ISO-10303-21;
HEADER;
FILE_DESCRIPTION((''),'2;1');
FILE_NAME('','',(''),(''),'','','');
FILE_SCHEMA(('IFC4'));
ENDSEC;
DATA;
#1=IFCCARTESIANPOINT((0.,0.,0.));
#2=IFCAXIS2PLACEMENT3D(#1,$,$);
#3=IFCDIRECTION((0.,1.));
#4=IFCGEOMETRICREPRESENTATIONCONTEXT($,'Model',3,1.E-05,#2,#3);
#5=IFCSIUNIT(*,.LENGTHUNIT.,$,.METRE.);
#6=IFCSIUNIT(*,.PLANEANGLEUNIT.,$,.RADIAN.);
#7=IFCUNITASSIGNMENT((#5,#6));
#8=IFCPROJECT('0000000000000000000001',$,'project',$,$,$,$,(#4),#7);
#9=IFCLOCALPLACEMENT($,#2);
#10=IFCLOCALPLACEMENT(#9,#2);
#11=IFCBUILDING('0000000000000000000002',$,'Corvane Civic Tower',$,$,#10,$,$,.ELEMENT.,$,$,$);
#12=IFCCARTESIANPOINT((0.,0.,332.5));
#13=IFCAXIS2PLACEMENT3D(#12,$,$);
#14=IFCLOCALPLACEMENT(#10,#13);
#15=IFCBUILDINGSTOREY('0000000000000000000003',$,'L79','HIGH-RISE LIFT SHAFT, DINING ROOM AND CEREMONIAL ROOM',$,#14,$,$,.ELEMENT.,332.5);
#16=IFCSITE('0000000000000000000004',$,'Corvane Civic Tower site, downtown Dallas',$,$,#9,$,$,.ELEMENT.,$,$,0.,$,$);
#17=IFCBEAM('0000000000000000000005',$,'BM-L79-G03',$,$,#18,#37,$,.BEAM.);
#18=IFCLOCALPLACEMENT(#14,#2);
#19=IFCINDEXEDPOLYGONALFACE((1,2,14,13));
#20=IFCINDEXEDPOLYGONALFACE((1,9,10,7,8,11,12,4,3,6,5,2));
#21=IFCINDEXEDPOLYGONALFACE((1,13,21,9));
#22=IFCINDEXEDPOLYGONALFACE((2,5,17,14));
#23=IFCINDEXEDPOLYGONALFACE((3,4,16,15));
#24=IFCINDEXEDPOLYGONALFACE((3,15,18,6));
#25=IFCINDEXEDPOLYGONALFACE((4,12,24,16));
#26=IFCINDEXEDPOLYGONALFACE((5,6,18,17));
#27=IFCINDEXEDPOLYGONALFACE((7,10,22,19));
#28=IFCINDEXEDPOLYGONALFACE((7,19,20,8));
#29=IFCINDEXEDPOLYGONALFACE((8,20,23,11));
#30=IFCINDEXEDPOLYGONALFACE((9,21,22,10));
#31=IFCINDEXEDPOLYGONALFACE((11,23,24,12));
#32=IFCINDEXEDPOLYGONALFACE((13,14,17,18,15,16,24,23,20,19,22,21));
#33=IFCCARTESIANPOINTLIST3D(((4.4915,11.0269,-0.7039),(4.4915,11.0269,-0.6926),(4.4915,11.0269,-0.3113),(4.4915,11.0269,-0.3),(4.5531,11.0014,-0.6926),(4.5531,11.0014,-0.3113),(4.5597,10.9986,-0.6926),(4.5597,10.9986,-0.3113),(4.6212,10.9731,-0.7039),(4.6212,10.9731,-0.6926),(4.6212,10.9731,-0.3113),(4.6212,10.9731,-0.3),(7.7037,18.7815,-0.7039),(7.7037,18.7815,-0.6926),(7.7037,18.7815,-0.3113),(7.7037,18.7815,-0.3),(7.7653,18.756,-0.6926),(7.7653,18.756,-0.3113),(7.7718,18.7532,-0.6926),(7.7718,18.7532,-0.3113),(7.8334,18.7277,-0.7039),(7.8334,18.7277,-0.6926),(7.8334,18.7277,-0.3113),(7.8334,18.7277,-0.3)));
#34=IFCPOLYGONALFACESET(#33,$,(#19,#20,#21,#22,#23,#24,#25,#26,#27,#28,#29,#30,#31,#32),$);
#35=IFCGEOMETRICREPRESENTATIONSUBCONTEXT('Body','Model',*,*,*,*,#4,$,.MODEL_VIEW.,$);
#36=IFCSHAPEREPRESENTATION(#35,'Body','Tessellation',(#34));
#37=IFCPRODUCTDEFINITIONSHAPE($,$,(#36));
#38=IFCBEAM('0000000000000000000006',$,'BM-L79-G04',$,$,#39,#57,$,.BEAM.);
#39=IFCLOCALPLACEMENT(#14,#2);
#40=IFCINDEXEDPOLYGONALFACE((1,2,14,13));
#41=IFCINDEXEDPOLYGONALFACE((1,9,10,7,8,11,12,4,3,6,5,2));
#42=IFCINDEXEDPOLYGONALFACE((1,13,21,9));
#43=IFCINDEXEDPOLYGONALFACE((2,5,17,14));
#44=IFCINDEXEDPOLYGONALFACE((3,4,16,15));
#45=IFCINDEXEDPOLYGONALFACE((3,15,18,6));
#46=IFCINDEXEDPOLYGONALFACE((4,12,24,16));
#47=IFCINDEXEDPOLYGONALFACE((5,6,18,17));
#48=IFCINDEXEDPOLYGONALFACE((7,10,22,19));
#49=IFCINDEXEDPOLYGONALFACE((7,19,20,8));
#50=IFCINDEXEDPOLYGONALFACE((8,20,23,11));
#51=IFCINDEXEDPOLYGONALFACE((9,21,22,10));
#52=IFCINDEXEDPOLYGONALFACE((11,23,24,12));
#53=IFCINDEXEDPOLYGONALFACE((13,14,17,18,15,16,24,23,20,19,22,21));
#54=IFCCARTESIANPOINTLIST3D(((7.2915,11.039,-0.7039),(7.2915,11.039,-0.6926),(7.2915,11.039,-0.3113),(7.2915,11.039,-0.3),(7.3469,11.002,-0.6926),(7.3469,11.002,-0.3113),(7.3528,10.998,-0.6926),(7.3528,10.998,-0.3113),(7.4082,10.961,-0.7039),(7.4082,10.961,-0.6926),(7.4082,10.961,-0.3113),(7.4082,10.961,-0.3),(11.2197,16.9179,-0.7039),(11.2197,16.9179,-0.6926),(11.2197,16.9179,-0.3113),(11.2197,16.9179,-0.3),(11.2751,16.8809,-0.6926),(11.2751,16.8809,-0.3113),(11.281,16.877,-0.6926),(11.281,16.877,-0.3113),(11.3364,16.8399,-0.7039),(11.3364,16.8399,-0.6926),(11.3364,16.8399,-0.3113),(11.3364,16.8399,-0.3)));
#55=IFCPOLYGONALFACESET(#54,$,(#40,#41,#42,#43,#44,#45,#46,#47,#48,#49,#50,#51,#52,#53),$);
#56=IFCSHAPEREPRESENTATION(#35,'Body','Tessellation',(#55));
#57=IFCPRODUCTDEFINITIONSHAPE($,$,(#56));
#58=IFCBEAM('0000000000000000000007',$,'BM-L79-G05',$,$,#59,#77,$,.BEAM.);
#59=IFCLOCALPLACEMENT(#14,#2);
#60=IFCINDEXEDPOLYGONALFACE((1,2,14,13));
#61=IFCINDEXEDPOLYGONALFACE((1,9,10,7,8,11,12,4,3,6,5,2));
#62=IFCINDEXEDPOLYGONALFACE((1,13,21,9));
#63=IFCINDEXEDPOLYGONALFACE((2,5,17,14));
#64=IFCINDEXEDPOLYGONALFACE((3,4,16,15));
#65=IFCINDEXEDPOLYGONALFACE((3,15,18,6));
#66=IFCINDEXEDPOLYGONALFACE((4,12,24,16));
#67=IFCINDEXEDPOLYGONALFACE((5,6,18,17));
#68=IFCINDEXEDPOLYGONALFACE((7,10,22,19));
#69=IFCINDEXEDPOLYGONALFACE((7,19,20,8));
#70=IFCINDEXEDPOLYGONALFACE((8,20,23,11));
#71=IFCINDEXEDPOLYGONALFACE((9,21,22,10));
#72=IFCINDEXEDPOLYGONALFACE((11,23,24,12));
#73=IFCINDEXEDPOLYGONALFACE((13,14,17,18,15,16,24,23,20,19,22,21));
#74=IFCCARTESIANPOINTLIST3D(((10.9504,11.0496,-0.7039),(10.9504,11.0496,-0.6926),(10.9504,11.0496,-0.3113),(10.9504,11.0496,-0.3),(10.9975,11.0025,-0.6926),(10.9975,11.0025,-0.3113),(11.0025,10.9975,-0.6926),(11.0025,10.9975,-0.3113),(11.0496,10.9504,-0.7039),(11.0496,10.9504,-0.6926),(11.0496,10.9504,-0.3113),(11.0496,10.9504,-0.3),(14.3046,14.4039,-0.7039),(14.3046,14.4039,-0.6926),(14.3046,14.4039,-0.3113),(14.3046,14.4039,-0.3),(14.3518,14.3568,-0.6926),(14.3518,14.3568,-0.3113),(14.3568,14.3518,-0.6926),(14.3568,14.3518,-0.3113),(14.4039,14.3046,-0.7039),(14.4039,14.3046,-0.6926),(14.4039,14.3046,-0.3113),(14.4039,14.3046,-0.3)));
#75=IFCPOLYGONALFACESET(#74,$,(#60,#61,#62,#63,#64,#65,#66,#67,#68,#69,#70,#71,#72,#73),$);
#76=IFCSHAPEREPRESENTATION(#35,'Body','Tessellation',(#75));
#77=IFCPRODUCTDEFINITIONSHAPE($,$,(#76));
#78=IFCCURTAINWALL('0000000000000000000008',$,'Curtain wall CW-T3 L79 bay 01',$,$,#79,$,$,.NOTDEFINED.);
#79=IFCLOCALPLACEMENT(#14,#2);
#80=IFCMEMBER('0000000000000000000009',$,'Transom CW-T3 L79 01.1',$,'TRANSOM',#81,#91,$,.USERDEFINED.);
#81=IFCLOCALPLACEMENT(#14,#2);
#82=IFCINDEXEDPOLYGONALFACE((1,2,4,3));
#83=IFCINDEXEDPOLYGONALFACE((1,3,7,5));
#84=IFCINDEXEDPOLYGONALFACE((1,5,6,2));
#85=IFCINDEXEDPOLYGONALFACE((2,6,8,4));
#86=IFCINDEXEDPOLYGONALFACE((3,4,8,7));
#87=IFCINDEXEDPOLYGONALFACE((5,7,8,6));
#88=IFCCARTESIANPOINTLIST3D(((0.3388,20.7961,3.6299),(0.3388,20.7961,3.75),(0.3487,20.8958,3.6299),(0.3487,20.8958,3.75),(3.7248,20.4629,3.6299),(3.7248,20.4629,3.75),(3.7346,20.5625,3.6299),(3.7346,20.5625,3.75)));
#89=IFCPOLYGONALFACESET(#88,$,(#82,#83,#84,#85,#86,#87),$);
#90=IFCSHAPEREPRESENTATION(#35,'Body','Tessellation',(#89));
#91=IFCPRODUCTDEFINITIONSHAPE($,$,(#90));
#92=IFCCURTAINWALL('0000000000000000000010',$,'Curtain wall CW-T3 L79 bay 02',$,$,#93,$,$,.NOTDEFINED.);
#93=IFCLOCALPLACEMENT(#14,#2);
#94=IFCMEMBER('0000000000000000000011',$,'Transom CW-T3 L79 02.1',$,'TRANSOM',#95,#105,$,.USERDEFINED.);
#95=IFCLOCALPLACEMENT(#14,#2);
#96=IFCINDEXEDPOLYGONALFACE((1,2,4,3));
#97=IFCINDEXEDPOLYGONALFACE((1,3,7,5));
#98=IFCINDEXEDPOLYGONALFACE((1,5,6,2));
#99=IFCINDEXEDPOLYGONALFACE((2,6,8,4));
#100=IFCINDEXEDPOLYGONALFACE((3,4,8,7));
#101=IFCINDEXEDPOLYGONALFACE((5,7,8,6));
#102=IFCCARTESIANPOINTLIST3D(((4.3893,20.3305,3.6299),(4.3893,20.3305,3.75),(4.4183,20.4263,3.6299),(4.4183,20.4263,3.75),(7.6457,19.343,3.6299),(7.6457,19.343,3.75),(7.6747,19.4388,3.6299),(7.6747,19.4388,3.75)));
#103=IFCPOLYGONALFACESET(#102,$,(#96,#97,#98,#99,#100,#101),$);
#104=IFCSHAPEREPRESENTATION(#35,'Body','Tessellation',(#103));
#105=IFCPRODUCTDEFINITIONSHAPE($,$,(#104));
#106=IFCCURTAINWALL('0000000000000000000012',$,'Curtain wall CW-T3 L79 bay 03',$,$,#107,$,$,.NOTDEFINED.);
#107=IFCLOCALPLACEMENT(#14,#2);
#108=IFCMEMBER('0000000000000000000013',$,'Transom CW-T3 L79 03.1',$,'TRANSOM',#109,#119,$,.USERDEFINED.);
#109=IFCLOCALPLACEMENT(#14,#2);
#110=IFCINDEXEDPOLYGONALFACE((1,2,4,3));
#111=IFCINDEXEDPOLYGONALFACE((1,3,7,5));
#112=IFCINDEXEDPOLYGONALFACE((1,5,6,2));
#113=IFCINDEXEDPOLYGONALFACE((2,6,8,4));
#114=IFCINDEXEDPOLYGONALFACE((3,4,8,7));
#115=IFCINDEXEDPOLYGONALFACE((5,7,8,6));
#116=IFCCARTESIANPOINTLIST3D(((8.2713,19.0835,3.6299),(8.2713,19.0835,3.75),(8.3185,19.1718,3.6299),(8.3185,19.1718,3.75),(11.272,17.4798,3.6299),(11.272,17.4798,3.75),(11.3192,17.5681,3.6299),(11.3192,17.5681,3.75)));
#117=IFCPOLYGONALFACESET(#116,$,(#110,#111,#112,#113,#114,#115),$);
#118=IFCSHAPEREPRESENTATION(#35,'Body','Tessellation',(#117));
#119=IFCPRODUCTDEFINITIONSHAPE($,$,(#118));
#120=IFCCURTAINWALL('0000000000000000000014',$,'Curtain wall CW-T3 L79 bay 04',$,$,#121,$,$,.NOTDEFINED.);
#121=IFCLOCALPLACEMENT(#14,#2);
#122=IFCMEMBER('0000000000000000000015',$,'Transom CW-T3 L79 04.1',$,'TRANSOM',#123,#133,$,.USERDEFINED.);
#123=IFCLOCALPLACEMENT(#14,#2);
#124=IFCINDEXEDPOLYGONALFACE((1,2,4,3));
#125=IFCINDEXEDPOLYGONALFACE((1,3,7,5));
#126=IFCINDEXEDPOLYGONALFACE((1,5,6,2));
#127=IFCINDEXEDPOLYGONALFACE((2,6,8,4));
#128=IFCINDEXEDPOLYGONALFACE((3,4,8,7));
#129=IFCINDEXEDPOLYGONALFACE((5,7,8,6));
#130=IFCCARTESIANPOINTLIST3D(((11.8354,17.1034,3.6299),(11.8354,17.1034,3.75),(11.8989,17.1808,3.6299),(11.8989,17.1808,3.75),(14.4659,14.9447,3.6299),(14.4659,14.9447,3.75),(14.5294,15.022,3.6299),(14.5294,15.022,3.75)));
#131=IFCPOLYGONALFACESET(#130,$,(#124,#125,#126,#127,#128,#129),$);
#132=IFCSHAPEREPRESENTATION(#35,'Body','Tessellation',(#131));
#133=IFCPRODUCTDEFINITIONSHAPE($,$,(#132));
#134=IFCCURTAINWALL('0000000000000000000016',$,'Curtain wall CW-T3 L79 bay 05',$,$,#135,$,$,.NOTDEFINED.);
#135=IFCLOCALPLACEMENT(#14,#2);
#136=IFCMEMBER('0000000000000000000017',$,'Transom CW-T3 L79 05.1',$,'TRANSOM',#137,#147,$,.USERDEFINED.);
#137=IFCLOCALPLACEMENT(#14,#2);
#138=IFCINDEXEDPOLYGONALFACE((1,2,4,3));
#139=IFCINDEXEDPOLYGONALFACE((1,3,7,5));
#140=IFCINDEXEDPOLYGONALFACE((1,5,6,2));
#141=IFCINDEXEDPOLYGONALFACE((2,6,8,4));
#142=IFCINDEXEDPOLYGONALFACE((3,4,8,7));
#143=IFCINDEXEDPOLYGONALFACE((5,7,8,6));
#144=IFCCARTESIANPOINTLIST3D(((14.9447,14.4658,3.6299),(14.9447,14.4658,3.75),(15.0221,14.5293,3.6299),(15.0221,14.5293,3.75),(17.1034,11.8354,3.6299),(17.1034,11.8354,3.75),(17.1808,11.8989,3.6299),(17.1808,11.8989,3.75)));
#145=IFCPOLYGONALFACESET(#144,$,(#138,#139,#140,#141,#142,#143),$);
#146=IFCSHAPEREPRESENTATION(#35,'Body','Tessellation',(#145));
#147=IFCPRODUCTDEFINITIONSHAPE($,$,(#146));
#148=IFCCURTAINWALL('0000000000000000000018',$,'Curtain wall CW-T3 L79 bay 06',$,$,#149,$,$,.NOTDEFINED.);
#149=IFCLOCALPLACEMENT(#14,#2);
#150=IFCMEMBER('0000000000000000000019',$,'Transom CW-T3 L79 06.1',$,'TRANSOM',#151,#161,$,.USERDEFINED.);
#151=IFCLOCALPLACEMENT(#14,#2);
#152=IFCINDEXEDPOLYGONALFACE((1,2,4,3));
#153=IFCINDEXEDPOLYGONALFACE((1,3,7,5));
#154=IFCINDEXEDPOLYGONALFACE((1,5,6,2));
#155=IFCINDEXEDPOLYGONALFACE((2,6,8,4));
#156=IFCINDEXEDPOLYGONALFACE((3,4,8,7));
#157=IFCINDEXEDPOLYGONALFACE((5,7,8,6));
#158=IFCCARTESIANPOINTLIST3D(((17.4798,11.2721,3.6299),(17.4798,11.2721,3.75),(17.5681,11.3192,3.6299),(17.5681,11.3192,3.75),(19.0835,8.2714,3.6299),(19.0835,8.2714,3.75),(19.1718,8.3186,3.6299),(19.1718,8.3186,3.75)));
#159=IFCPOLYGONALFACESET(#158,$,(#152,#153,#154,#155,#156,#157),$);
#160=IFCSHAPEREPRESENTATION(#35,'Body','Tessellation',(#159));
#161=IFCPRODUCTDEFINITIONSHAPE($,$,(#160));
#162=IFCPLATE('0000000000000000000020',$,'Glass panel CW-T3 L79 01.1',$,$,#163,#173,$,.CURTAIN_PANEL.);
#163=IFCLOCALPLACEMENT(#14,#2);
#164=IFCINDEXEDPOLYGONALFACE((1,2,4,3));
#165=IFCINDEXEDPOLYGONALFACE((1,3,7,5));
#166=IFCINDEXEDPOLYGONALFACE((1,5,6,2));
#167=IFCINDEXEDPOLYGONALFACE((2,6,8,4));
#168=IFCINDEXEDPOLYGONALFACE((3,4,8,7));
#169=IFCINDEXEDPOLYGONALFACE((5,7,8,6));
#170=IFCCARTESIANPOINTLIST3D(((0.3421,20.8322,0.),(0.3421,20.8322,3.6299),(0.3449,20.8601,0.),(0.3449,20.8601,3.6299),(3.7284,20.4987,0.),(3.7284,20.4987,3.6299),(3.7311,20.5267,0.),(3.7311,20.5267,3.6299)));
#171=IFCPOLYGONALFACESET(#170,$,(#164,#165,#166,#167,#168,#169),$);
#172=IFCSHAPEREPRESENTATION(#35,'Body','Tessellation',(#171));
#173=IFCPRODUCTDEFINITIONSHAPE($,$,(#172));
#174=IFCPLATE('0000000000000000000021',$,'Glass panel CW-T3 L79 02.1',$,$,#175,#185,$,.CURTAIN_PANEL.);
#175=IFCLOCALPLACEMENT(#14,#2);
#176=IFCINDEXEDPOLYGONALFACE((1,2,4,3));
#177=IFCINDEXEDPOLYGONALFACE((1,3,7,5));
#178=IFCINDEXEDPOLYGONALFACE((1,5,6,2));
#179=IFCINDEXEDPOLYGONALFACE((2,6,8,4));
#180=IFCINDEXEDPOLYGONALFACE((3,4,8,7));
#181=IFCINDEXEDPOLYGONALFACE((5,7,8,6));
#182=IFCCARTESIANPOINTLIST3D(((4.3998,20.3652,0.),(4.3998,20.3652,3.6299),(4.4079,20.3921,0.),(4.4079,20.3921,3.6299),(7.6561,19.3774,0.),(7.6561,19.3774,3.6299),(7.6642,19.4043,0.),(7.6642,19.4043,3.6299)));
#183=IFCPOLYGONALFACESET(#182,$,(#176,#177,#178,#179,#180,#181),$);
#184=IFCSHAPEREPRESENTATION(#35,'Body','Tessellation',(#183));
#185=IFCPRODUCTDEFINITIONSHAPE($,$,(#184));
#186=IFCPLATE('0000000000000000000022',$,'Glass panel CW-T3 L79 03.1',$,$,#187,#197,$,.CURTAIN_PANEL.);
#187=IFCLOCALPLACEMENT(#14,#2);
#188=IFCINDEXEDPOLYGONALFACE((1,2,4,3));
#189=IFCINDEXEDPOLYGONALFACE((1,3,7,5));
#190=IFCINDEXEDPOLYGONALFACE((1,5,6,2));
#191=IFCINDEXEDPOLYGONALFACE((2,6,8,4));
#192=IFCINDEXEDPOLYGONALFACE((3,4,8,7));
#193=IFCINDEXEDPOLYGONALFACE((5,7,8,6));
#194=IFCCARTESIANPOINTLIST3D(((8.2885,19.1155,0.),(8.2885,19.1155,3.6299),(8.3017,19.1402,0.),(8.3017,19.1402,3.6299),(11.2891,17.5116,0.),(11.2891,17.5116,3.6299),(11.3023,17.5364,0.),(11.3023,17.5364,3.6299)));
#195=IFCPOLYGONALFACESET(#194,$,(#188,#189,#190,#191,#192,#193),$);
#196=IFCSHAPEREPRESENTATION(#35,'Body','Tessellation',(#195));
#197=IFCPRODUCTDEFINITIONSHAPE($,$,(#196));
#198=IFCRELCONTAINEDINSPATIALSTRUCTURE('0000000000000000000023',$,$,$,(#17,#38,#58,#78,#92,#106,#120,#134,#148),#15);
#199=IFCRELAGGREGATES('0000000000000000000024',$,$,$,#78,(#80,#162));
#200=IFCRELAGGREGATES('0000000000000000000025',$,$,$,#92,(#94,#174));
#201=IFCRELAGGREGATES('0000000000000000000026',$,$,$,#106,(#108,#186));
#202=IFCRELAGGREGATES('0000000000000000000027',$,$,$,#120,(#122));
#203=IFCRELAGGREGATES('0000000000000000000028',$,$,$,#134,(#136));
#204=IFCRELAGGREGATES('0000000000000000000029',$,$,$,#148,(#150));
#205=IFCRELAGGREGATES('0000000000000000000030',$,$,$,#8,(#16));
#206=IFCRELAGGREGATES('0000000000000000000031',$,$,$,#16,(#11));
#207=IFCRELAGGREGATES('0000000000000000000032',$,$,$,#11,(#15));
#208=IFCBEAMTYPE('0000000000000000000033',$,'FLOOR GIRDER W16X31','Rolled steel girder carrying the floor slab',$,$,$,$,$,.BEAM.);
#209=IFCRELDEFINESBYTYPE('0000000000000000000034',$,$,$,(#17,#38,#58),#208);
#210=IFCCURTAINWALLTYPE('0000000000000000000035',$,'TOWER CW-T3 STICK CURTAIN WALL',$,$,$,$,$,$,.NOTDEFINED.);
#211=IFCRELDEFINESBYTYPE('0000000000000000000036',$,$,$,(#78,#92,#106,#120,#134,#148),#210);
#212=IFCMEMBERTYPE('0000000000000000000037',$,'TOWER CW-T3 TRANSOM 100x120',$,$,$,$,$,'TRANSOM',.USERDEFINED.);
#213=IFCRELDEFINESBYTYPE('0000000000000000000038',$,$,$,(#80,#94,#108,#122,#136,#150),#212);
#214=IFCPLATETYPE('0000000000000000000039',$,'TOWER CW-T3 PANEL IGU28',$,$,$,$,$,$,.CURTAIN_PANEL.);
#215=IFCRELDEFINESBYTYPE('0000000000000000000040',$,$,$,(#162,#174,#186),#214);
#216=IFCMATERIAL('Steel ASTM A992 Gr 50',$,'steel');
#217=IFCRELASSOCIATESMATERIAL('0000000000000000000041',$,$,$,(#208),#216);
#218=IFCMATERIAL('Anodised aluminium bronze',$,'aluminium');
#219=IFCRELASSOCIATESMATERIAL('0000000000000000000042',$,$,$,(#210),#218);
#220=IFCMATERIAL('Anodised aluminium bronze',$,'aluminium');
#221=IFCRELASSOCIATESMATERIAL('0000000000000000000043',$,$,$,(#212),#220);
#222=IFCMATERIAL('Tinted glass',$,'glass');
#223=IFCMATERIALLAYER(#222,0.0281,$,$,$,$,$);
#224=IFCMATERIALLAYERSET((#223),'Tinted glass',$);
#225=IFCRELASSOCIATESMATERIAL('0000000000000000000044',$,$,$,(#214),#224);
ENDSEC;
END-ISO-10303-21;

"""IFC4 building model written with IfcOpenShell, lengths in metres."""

from ifc_helpers import new_model, si_unit, direction, frame, origin, origin_2d, place, context, subcontext, project, spatial, rectangle, i_section, extrude, material, layer, layer_set, material_profile, profile_set, type_object, element, aggregate, save


model = new_model("IFC4")

# Units and contexts
model_context = context("Model", 3, precision=1e-05, world=origin(), true_north=direction((0.0, 1.0)))
body_context = subcontext(model_context, "Body", "Model", "MODEL_VIEW")
ifc_project = project(units=[si_unit("LENGTHUNIT", "METRE"), si_unit("PLANEANGLEUNIT", "RADIAN")], contexts=[model_context])

# Site, building, storey
site_placement = place(None, origin())
site = spatial("IfcSite", under=ifc_project, at=site_placement, Name="Corvane Civic Tower site, downtown Dallas", CompositionType="ELEMENT", RefElevation=0.0)
building_placement = place(site_placement, origin())
building = spatial("IfcBuilding", under=site, at=building_placement, Name="Corvane Civic Tower", CompositionType="ELEMENT")
storey_placement = place(building_placement, frame((0.0, 0.0, 332.5)))
storey = spatial("IfcBuildingStorey", under=building, at=storey_placement, Name="L79", Description="HIGH-RISE LIFT SHAFT, DINING ROOM AND CEREMONIAL ROOM", CompositionType="ELEMENT", Elevation=332.5)

# Beams
ifc_material_1 = material(Name="Steel ASTM A992 Gr 50", Category="steel")
ifc_material_profile_1 = material_profile(ifc_material_1, i_section(OverallWidth=0.1404, OverallDepth=0.4038, WebThickness=0.0071, FlangeThickness=0.0112, at=origin_2d()), Name="W16X31")
ifc_profile_set_1 = profile_set([ifc_material_profile_1], Name="Steel ASTM A992 Gr 50")
beam_type_1 = type_object("IfcBeamType", Name="FLOOR GIRDER W16X31", Description="Rolled steel girder carrying the floor slab", PredefinedType="BEAM", material=ifc_profile_set_1)
beam_1_placement = place(storey_placement, frame((4.5564, 11.0, -0.502), z_axis=(0.382692, 0.923876, 0.0), x_axis=(-0.923876, 0.382692, 0.0)))
element("IfcBeam", 1, at=beam_1_placement, inside=storey, type_object=beam_type_1, Name="BM-L79-G03", PredefinedType="BEAM", context=body_context, shape_type="SweptSolid", body=[
    extrude(i_section(OverallWidth=0.1404, OverallDepth=0.4038, WebThickness=0.0071, FlangeThickness=0.0112, at=origin_2d()), origin(), (0.0, 0.0, 1.0), 8.3936),
])
beam_2_placement = place(storey_placement, frame((7.3499, 11.0, -0.502), z_axis=(0.555576, 0.831465, 0.0), x_axis=(-0.831465, 0.555576, 0.0)))
element("IfcBeam", 2, at=beam_2_placement, inside=storey, type_object=beam_type_1, Name="BM-L79-G04", PredefinedType="BEAM", context=body_context, shape_type="SweptSolid", body=[
    extrude(i_section(OverallWidth=0.1404, OverallDepth=0.4038, WebThickness=0.0071, FlangeThickness=0.0112, at=origin_2d()), origin(), (0.0, 0.0, 1.0), 7.0706),
])
beam_3_placement = place(storey_placement, frame((11.0, 11.0, -0.502), z_axis=(0.707107, 0.707107, 0.0), x_axis=(-0.707107, 0.707107, 0.0)))
element("IfcBeam", 3, at=beam_3_placement, inside=storey, type_object=beam_type_1, Name="BM-L79-G05", PredefinedType="BEAM", context=body_context, shape_type="SweptSolid", body=[
    extrude(i_section(OverallWidth=0.1404, OverallDepth=0.4038, WebThickness=0.0071, FlangeThickness=0.0112, at=origin_2d()), origin(), (0.0, 0.0, 1.0), 4.7437),
])

# Curtain walls, members
ifc_material_2 = material(Name="Anodised aluminium bronze", Category="aluminium")
curtain_wall_type = type_object("IfcCurtainWallType", Name="TOWER CW-T3 STICK CURTAIN WALL", PredefinedType="NOTDEFINED", material=ifc_material_2)
curtain_wall_1_placement = place(storey_placement, origin())
curtain_wall_1 = element("IfcCurtainWall", 4, at=curtain_wall_1_placement, inside=storey, type_object=curtain_wall_type, Name="Curtain wall CW-T3 L79 bay 01", PredefinedType="NOTDEFINED")
ifc_material_3 = material(Name="Anodised aluminium bronze", Category="aluminium")
ifc_material_profile_2 = material_profile(ifc_material_3, rectangle(XDim=0.1001, YDim=0.1201, at=origin_2d()), Name="TOWER CW-T3 TRANSOM 100x120")
ifc_profile_set_2 = profile_set([ifc_material_profile_2], Name="Anodised aluminium bronze")
member_type = type_object("IfcMemberType", Name="TOWER CW-T3 TRANSOM 100x120", ElementType="TRANSOM", PredefinedType="USERDEFINED", material=ifc_profile_set_2)
member_1_placement = place(storey_placement, frame((0.3438, 20.8459, 3.6899), z_axis=(0.995192, -0.097948, 0.0), x_axis=(0.097948, 0.995192, 0.0)))
member_1 = element("IfcMember", 5, at=member_1_placement, type_object=member_type, Name="Transom CW-T3 L79 01.1", ObjectType="TRANSOM", PredefinedType="USERDEFINED", context=body_context, shape_type="SweptSolid", body=[
    extrude(rectangle(XDim=0.1001, YDim=0.1201, at=origin_2d()), origin(), (0.0, 0.0, 1.0), 3.4023),
])
curtain_wall_2_placement = place(storey_placement, origin())
curtain_wall_2 = element("IfcCurtainWall", 6, at=curtain_wall_2_placement, inside=storey, type_object=curtain_wall_type, Name="Curtain wall CW-T3 L79 bay 02", PredefinedType="NOTDEFINED")
member_2_placement = place(storey_placement, frame((4.4038, 20.3784, 3.6899), z_axis=(0.956961, -0.290216, 0.0), x_axis=(0.290216, 0.956961, 0.0)))
member_2 = element("IfcMember", 7, at=member_2_placement, type_object=member_type, Name="Transom CW-T3 L79 02.1", ObjectType="TRANSOM", PredefinedType="USERDEFINED", context=body_context, shape_type="SweptSolid", body=[
    extrude(rectangle(XDim=0.1001, YDim=0.1201, at=origin_2d()), origin(), (0.0, 0.0, 1.0), 3.4028),
])
curtain_wall_3_placement = place(storey_placement, origin())
curtain_wall_3 = element("IfcCurtainWall", 8, at=curtain_wall_3_placement, inside=storey, type_object=curtain_wall_type, Name="Curtain wall CW-T3 L79 bay 03", PredefinedType="NOTDEFINED")
member_3_placement = place(storey_placement, frame((8.2949, 19.1277, 3.6899), z_axis=(0.881941, -0.471359, 0.0), x_axis=(0.471359, 0.881941, 0.0)))
member_3 = element("IfcMember", 9, at=member_3_placement, type_object=member_type, Name="Transom CW-T3 L79 03.1", ObjectType="TRANSOM", PredefinedType="USERDEFINED", context=body_context, shape_type="SweptSolid", body=[
    extrude(rectangle(XDim=0.1001, YDim=0.1201, at=origin_2d()), origin(), (0.0, 0.0, 1.0), 3.4023),
])
curtain_wall_4_placement = place(storey_placement, origin())
curtain_wall_4 = element("IfcCurtainWall", 10, at=curtain_wall_4_placement, inside=storey, type_object=curtain_wall_type, Name="Curtain wall CW-T3 L79 bay 04", PredefinedType="NOTDEFINED")
member_4_placement = place(storey_placement, frame((11.8672, 17.1421, 3.6899), z_axis=(0.77301, -0.634394, 0.0), x_axis=(0.634394, 0.77301, 0.0)))
member_4 = element("IfcMember", 11, at=member_4_placement, type_object=member_type, Name="Transom CW-T3 L79 04.1", ObjectType="TRANSOM", PredefinedType="USERDEFINED", context=body_context, shape_type="SweptSolid", body=[
    extrude(rectangle(XDim=0.1001, YDim=0.1201, at=origin_2d()), origin(), (0.0, 0.0, 1.0), 3.4028),
])
curtain_wall_5_placement = place(storey_placement, origin())
curtain_wall_5 = element("IfcCurtainWall", 12, at=curtain_wall_5_placement, inside=storey, type_object=curtain_wall_type, Name="Curtain wall CW-T3 L79 bay 05", PredefinedType="NOTDEFINED")
member_5_placement = place(storey_placement, frame((14.9834, 14.4976, 3.6899), z_axis=(0.634394, -0.77301, 0.0), x_axis=(0.77301, 0.634394, 0.0)))
member_5 = element("IfcMember", 13, at=member_5_placement, type_object=member_type, Name="Transom CW-T3 L79 05.1", ObjectType="TRANSOM", PredefinedType="USERDEFINED", context=body_context, shape_type="SweptSolid", body=[
    extrude(rectangle(XDim=0.1001, YDim=0.1201, at=origin_2d()), origin(), (0.0, 0.0, 1.0), 3.4028),
])
curtain_wall_6_placement = place(storey_placement, origin())
curtain_wall_6 = element("IfcCurtainWall", 14, at=curtain_wall_6_placement, inside=storey, type_object=curtain_wall_type, Name="Curtain wall CW-T3 L79 bay 06", PredefinedType="NOTDEFINED")
member_6_placement = place(storey_placement, frame((17.5239, 11.2957, 3.6899), z_axis=(0.471359, -0.881941, 0.0), x_axis=(0.881941, 0.471359, 0.0)))
member_6 = element("IfcMember", 15, at=member_6_placement, type_object=member_type, Name="Transom CW-T3 L79 06.1", ObjectType="TRANSOM", PredefinedType="USERDEFINED", context=body_context, shape_type="SweptSolid", body=[
    extrude(rectangle(XDim=0.1001, YDim=0.1201, at=origin_2d()), origin(), (0.0, 0.0, 1.0), 3.4023),
])

# Plates
ifc_material_4 = material(Name="Tinted glass", Category="glass")
ifc_layer_1 = layer(ifc_material_4, 0.0281)
ifc_layer_set_1 = layer_set([ifc_layer_1], Name="Tinted glass")
plate_type = type_object("IfcPlateType", Name="TOWER CW-T3 PANEL IGU28", PredefinedType="CURTAIN_PANEL", material=ifc_layer_set_1)
plate_1_placement = place(storey_placement, frame((2.0366, 20.6794, 0.0), z_axis=(0.0, 0.0, 1.0), x_axis=(0.995187, -0.097998, 0.0)))
plate_1 = element("IfcPlate", 16, at=plate_1_placement, type_object=plate_type, Name="Glass panel CW-T3 L79 01.1", PredefinedType="CURTAIN_PANEL", context=body_context, shape_type="SweptSolid", body=[
    extrude(rectangle(XDim=3.4026, YDim=0.0281, at=origin_2d()), origin(), (0.0, 0.0, 1.0), 3.6299),
])
aggregate(curtain_wall_1, [member_1, plate_1])
plate_2_placement = place(storey_placement, frame((6.032, 19.8848, 0.0), z_axis=(0.0, 0.0, 1.0), x_axis=(0.956939, -0.29029, 0.0)))
plate_2 = element("IfcPlate", 17, at=plate_2_placement, type_object=plate_type, Name="Glass panel CW-T3 L79 02.1", PredefinedType="CURTAIN_PANEL", context=body_context, shape_type="SweptSolid", body=[
    extrude(rectangle(XDim=3.4028, YDim=0.0281, at=origin_2d()), origin(), (0.0, 0.0, 1.0), 3.6299),
])
aggregate(curtain_wall_2, [member_2, plate_2])
plate_3_placement = place(storey_placement, frame((9.7954, 18.3259, 0.0), z_axis=(0.0, 0.0, 1.0), x_axis=(0.881928, -0.471384, 0.0)))
plate_3 = element("IfcPlate", 18, at=plate_3_placement, type_object=plate_type, Name="Glass panel CW-T3 L79 03.1", PredefinedType="CURTAIN_PANEL", context=body_context, shape_type="SweptSolid", body=[
    extrude(rectangle(XDim=3.4023, YDim=0.0281, at=origin_2d()), origin(), (0.0, 0.0, 1.0), 3.6299),
])
aggregate(curtain_wall_3, [member_3, plate_3])
aggregate(curtain_wall_4, [member_4])
aggregate(curtain_wall_5, [member_5])
aggregate(curtain_wall_6, [member_6])

save(model, "model.ifc")
